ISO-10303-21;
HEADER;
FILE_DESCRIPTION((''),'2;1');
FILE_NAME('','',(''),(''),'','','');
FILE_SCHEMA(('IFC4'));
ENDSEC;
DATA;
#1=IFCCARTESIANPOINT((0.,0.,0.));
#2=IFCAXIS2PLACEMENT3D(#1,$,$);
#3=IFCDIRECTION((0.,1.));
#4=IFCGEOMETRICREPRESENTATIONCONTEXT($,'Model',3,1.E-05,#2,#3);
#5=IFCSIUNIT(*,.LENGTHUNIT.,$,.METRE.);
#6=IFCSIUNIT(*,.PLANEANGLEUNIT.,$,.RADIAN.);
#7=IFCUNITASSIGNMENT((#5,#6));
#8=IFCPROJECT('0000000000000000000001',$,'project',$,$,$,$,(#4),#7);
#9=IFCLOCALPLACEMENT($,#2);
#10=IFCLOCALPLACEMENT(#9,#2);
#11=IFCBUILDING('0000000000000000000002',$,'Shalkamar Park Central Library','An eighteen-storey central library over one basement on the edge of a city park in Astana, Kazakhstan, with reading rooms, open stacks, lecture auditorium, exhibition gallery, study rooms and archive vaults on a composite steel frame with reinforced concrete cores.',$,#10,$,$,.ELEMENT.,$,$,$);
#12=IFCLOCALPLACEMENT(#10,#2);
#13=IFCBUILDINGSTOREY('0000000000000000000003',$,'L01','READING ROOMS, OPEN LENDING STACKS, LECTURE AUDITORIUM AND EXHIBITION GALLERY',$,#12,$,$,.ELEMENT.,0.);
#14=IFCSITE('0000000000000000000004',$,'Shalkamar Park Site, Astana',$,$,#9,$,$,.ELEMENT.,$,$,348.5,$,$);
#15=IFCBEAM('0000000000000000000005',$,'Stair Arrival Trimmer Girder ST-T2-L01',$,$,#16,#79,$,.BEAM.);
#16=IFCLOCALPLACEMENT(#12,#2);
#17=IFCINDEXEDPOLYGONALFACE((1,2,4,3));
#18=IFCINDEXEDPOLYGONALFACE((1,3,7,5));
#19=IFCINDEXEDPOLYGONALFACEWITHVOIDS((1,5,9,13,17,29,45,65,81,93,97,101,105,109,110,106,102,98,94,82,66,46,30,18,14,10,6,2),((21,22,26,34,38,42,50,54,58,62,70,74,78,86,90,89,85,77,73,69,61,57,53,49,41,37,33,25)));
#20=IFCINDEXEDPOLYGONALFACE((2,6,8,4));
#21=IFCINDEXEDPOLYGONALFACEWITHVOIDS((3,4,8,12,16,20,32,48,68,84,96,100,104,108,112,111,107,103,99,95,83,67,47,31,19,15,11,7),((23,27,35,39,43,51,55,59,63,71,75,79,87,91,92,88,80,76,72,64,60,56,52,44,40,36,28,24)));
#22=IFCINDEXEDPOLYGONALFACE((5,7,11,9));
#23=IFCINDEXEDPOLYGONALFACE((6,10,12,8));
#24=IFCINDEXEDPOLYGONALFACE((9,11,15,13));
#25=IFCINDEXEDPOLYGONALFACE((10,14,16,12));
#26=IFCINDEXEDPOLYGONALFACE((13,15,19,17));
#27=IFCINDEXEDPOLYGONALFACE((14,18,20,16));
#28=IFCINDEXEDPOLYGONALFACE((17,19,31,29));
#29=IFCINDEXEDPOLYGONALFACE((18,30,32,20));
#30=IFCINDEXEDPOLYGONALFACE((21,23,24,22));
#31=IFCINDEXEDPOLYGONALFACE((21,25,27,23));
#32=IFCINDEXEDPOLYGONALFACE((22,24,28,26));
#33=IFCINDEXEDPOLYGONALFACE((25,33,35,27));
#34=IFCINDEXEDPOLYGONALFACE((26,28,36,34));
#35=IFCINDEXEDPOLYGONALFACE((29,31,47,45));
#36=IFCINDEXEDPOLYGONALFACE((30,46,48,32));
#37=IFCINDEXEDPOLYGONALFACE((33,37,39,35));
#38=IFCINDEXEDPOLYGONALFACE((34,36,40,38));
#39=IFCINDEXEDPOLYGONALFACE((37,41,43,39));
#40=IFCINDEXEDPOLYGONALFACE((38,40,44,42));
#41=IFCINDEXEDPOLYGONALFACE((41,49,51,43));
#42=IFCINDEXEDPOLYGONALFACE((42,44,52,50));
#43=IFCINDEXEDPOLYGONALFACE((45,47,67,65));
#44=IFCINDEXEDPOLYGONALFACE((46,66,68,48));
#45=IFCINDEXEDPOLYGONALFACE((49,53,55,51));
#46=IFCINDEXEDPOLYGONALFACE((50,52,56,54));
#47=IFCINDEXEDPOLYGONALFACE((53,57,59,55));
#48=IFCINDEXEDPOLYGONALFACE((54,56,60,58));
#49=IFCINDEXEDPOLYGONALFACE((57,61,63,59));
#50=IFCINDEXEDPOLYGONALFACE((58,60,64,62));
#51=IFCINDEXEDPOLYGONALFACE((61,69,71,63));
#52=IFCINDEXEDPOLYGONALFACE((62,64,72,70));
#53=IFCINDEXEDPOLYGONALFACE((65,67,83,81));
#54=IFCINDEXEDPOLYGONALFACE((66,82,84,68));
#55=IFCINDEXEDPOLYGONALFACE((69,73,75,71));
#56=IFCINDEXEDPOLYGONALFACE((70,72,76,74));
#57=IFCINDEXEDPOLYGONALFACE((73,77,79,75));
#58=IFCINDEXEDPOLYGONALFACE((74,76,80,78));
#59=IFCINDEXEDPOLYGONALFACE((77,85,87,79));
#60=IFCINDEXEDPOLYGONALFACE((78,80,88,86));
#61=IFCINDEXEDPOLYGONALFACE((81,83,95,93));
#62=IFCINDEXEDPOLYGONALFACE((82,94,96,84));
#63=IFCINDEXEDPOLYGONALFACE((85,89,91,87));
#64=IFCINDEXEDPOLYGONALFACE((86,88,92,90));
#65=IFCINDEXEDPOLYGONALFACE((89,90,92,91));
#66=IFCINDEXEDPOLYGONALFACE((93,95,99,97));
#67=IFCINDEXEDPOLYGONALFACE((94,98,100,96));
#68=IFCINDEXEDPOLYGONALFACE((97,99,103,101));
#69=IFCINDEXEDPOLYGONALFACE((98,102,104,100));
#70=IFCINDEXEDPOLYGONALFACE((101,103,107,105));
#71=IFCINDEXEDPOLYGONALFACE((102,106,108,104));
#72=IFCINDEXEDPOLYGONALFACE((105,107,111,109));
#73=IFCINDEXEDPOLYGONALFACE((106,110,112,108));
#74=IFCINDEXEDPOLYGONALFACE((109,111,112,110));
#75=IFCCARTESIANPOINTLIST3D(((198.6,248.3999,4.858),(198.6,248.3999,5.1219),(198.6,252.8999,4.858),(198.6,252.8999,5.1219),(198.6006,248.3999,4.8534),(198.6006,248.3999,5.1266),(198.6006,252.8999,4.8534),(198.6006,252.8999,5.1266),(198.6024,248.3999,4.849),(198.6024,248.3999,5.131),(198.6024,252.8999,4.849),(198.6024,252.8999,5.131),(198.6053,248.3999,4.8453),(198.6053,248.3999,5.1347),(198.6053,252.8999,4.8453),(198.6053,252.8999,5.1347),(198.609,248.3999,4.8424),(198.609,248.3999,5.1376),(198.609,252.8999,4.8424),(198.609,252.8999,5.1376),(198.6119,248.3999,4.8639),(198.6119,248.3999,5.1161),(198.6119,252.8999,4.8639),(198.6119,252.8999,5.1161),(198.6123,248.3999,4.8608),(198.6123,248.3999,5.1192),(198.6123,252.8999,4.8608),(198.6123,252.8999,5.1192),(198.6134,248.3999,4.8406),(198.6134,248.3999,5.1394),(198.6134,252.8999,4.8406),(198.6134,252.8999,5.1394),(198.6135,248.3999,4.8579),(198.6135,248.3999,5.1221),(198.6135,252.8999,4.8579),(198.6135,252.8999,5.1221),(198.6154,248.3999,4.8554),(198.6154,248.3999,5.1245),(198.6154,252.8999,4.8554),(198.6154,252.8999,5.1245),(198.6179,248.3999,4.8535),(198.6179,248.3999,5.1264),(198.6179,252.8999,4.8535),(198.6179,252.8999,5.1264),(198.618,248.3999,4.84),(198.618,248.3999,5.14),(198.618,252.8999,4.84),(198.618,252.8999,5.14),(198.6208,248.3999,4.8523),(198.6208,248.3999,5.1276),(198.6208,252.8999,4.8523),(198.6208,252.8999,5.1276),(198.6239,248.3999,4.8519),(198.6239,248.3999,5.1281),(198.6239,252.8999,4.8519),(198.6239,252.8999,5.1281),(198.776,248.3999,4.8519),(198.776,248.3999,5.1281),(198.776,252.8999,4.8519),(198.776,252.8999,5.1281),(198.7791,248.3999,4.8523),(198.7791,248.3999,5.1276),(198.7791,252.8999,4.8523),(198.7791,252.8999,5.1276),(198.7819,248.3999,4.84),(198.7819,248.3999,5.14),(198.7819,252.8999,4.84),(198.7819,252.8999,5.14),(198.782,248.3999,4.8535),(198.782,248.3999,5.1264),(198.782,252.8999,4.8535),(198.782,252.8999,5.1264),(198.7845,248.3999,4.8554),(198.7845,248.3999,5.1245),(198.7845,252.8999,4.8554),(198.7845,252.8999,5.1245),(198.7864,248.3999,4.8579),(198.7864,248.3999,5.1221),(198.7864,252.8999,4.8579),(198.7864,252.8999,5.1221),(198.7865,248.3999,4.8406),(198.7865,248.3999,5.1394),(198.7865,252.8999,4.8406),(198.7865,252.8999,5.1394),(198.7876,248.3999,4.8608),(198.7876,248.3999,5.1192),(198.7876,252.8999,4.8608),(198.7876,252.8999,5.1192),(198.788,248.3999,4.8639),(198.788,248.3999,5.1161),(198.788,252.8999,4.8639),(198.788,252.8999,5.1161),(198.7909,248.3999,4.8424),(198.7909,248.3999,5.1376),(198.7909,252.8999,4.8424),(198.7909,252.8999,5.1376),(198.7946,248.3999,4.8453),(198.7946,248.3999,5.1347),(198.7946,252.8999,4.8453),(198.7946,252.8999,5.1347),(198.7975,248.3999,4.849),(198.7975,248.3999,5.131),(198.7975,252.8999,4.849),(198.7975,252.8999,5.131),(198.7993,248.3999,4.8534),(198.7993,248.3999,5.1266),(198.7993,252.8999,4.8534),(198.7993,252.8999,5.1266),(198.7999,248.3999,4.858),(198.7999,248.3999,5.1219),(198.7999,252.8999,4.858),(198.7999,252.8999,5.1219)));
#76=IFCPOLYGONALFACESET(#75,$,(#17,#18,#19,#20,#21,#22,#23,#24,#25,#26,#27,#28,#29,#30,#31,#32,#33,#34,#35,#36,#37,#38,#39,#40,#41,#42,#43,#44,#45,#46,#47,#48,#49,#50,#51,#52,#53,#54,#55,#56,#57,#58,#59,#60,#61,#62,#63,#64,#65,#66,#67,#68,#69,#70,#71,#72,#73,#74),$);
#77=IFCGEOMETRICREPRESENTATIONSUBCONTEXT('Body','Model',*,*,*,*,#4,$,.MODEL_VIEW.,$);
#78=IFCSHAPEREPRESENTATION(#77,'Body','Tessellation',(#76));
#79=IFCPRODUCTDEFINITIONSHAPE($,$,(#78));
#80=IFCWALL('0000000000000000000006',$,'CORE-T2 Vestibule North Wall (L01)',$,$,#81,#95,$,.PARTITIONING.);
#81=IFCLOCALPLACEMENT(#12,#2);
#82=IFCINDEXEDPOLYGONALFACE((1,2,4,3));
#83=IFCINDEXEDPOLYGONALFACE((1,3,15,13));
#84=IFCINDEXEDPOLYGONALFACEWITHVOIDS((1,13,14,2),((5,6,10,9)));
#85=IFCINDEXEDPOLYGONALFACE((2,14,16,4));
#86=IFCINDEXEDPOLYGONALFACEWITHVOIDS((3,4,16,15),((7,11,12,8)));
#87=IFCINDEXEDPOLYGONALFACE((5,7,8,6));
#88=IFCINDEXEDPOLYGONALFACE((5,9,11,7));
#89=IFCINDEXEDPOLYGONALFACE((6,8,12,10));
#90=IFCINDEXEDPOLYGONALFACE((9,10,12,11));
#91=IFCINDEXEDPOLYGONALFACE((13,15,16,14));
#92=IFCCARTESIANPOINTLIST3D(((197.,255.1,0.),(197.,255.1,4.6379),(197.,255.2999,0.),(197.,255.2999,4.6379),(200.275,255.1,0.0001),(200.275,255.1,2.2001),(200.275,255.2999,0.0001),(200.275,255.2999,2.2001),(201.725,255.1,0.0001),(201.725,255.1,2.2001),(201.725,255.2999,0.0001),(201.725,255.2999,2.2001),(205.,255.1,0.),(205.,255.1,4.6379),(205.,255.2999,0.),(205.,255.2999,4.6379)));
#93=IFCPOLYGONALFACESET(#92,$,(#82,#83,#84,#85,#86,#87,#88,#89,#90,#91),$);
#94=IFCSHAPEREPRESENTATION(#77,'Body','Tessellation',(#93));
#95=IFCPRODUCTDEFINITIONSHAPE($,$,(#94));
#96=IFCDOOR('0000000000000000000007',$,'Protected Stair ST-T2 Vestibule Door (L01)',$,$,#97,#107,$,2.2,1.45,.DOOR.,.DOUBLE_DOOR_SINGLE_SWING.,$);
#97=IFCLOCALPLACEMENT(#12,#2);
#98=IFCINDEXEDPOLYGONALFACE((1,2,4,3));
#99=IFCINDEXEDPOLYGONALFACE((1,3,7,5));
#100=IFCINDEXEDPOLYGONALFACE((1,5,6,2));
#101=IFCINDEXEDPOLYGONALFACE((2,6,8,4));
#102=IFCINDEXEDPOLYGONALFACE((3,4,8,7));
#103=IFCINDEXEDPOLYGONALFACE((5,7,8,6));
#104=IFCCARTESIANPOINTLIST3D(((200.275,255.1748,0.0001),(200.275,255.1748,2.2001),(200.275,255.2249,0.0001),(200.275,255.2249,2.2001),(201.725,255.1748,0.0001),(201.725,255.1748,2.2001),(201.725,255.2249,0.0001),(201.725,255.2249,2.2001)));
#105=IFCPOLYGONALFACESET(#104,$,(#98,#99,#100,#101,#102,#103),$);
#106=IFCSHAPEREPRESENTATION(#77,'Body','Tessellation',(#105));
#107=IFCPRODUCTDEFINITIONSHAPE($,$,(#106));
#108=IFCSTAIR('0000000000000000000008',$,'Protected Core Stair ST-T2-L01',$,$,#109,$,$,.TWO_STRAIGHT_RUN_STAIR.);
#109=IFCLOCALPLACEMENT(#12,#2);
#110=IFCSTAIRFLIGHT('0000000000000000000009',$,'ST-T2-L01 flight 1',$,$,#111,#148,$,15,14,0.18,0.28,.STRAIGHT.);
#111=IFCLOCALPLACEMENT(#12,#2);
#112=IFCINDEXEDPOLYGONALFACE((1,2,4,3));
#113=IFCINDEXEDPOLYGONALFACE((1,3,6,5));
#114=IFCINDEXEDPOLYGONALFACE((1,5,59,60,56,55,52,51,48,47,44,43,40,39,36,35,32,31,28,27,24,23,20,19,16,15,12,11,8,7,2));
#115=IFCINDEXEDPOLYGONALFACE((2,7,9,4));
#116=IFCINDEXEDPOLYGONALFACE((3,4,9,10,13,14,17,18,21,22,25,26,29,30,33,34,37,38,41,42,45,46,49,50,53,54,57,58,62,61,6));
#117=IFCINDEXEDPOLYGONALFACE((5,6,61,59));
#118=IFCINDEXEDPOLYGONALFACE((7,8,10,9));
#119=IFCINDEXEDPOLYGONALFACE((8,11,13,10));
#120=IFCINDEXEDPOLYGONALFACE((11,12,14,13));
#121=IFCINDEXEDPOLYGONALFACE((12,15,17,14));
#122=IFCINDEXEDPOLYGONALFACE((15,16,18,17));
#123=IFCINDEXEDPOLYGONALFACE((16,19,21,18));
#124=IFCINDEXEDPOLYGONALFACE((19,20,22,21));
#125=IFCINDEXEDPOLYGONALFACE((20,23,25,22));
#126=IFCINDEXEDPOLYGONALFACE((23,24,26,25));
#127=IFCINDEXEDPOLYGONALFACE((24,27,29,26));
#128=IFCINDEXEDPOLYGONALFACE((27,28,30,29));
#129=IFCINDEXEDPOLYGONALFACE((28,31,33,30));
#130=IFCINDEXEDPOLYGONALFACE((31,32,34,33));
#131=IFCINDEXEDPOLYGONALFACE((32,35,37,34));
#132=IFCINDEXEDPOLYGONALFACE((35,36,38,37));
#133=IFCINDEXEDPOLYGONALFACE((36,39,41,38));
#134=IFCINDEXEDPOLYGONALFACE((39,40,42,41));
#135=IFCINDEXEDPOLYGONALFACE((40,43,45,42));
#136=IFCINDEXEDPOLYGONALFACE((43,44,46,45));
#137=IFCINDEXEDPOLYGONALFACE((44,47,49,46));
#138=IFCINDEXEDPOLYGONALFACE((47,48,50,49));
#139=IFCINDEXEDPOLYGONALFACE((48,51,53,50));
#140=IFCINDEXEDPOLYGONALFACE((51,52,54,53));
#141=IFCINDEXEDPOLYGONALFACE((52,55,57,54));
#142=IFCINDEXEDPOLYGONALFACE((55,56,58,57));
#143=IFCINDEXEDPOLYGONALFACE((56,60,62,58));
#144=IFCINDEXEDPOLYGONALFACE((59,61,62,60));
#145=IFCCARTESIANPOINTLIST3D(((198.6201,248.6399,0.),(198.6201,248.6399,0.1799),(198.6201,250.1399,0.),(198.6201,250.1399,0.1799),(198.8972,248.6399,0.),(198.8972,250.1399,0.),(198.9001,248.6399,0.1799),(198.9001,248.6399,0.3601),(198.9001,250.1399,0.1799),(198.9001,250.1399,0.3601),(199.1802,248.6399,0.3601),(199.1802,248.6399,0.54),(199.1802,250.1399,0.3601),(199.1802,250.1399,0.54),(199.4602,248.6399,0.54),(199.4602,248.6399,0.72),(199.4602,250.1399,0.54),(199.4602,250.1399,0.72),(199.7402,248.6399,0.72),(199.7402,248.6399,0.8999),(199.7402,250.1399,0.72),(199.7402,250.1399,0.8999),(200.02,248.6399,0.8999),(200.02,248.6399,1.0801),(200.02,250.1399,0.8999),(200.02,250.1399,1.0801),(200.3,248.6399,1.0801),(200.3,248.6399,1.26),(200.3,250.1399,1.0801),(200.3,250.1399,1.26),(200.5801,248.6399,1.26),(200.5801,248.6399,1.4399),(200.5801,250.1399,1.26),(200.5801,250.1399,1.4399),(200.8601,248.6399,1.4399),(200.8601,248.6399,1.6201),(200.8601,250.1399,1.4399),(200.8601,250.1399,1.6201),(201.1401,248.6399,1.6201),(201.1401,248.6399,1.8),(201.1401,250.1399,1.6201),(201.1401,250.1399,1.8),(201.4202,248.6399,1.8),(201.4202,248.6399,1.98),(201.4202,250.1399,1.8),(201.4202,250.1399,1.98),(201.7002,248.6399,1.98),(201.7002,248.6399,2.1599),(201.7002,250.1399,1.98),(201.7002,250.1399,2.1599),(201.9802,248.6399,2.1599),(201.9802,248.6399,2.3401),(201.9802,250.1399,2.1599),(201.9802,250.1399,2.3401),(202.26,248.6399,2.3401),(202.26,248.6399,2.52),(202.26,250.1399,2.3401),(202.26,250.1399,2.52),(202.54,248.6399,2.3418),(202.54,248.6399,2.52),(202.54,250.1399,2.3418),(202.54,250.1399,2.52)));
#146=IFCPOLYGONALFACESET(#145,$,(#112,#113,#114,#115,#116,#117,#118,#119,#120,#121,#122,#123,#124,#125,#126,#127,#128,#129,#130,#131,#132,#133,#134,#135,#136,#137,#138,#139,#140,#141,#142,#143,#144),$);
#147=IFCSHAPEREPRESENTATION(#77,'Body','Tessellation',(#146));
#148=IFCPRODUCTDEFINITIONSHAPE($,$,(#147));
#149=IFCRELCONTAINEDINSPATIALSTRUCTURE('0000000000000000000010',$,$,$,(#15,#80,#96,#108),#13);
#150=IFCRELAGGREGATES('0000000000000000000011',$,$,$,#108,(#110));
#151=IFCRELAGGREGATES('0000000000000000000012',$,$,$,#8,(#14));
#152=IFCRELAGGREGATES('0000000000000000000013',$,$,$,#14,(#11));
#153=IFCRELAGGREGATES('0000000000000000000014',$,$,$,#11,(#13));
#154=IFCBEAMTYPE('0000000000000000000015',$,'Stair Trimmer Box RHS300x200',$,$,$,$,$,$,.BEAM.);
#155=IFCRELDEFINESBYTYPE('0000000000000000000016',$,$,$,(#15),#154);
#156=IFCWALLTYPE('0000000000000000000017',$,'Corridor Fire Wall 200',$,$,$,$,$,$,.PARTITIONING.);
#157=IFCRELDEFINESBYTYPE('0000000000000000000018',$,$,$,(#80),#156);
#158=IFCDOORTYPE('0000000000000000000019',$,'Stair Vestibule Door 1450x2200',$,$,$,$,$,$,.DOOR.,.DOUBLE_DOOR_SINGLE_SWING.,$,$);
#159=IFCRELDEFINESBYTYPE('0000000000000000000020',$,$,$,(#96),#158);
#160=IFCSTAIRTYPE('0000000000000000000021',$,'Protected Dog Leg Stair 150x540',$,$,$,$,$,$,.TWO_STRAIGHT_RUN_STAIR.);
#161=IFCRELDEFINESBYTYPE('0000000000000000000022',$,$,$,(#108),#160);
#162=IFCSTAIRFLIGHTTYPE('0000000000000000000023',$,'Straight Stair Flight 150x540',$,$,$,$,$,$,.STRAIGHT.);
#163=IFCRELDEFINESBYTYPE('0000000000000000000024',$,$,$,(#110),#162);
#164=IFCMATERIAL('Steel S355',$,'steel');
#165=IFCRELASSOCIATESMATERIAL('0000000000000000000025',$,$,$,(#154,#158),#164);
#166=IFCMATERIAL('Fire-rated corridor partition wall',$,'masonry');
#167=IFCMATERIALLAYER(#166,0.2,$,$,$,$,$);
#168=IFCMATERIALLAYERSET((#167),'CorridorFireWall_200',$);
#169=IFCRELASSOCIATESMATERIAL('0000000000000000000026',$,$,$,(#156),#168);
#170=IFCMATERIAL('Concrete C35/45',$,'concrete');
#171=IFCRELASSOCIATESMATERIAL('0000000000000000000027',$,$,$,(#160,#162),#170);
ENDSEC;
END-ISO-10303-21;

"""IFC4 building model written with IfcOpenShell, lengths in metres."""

from ifc_helpers import new_model, si_unit, direction, frame, frame_2d, origin, origin_2d, place, context, subcontext, project, spatial, polyline, rectangle, hollow_rectangle, outline, extrude, material, layer, layer_set, material_profile, profile_set, type_object, element, fill, aggregate, save


model = new_model("IFC4")

# Units and contexts
model_context = context("Model", 3, precision=1e-05, world=origin(), true_north=direction((0.0, 1.0)))
body_context = subcontext(model_context, "Body", "Model", "MODEL_VIEW")
ifc_project = project(units=[si_unit("LENGTHUNIT", "METRE"), si_unit("PLANEANGLEUNIT", "RADIAN")], contexts=[model_context])

# Site, building, storey
site_placement = place(None, origin())
site = spatial("IfcSite", under=ifc_project, at=site_placement, Name="Shalkamar Park Site, Astana", CompositionType="ELEMENT", RefElevation=348.5)
building_placement = place(site_placement, origin())
building = spatial("IfcBuilding", under=site, at=building_placement, Name="Shalkamar Park Central Library", Description="An eighteen-storey central library over one basement on the edge of a city park in Astana, Kazakhstan, with reading rooms, open stacks, lecture auditorium, exhibition gallery, study rooms and archive vaults on a composite steel frame with reinforced concrete cores.", CompositionType="ELEMENT")
storey_placement = place(building_placement, origin())
storey = spatial("IfcBuildingStorey", under=building, at=storey_placement, Name="L01", Description="READING ROOMS, OPEN LENDING STACKS, LECTURE AUDITORIUM AND EXHIBITION GALLERY", CompositionType="ELEMENT", Elevation=0.0)

# Shared definitions
ifc_material_1 = material(Name="Steel S355", Category="steel")

# Beam
ifc_material_profile_1 = material_profile(ifc_material_1, hollow_rectangle(XDim=0.2, YDim=0.3, WallThickness=0.012, InnerFilletRadius=0.012, OuterFilletRadius=0.0181, at=origin_2d()), Name="RHS 300x200x12")
ifc_profile_set_1 = profile_set([ifc_material_profile_1], Name="Steel S355")
beam_type_1 = type_object("IfcBeamType", Name="Stair Trimmer Box RHS300x200", PredefinedType="BEAM", material=ifc_profile_set_1)
beam_1_placement = place(storey_placement, frame((198.7, 248.3999, 4.99), z_axis=(0.0, 1.0, 0.0), x_axis=(-1.0, 0.0, 0.0)))
element("IfcBeam", 1, at=beam_1_placement, inside=storey, type_object=beam_type_1, Name="Stair Arrival Trimmer Girder ST-T2-L01", PredefinedType="BEAM", context=body_context, shape_type="SweptSolid", body=[
    extrude(hollow_rectangle(XDim=0.2, YDim=0.3, WallThickness=0.012, InnerFilletRadius=0.012, OuterFilletRadius=0.0181, at=origin_2d()), origin(), (0.0, 0.0, 1.0), 4.5),
])

# Wall, opening, door
ifc_material_2 = material(Name="Fire-rated corridor partition wall", Category="masonry")
ifc_layer_1 = layer(ifc_material_2, 0.2)
ifc_layer_set_1 = layer_set([ifc_layer_1], Name="CorridorFireWall_200")
wall_type_1 = type_object("IfcWallType", Name="Corridor Fire Wall 200", PredefinedType="PARTITIONING", material=ifc_layer_set_1)
wall_1_placement = place(storey_placement, frame((197.0, 255.2, 0.0), z_axis=(0.0, 0.0, 1.0), x_axis=(1.0, 0.0, 0.0)))
wall_1 = element("IfcWall", 2, at=wall_1_placement, inside=storey, type_object=wall_type_1, Name="CORE-T2 Vestibule North Wall (L01)", PredefinedType="PARTITIONING", context=body_context, shape_type="SweptSolid", body=[
    extrude(rectangle(XDim=8.0, YDim=0.2, at=frame_2d((4.0, 0.0))), origin(), (0.0, 0.0, 1.0), 4.6379),
])
opening_1_placement = place(wall_1_placement, frame((3.2749, 0.0, 0.0)))
opening_1 = element("IfcOpeningElement", 3, at=opening_1_placement, cuts=wall_1, PredefinedType="OPENING", context=body_context, shape_type="SweptSolid", body=[
    extrude(rectangle(XDim=1.45, YDim=2.2, at=frame_2d((0.7251, 1.1001))), frame((0.0, 0.1147, 0.0), z_axis=(0.0, -1.0, 0.0), x_axis=(1.0, 0.0, 0.0)), (0.0, 0.0, 1.0), 0.2297),
])
door_type_1 = type_object("IfcDoorType", Name="Stair Vestibule Door 1450x2200", OperationType="DOUBLE_DOOR_SINGLE_SWING", PredefinedType="DOOR", material=ifc_material_1)
door_1_placement = place(opening_1_placement, origin())
door_1 = element("IfcDoor", 4, at=door_1_placement, inside=storey, type_object=door_type_1, Name="Protected Stair ST-T2 Vestibule Door (L01)", OperationType="DOUBLE_DOOR_SINGLE_SWING", OverallHeight=2.2, OverallWidth=1.45, PredefinedType="DOOR", context=body_context, shape_type="SweptSolid", body=[
    extrude(rectangle(XDim=1.45, YDim=2.2, at=frame_2d((0.7251, 1.1001))), frame((0.0, 0.0249, 0.0), z_axis=(0.0, -1.0, 0.0), x_axis=(1.0, 0.0, 0.0)), (0.0, 0.0, 1.0), 0.05),
])
fill(opening_1, door_1)

# Stair, stair flight
ifc_material_3 = material(Name="Concrete C35/45", Category="concrete")
stair_type = type_object("IfcStairType", Name="Protected Dog Leg Stair 150x540", PredefinedType="TWO_STRAIGHT_RUN_STAIR", material=ifc_material_3)
stair_placement = place(storey_placement, origin())
stair = element("IfcStair", 5, at=stair_placement, inside=storey, type_object=stair_type, Name="Protected Core Stair ST-T2-L01", PredefinedType="TWO_STRAIGHT_RUN_STAIR")
stair_flight_type = type_object("IfcStairFlightType", Name="Straight Stair Flight 150x540", PredefinedType="STRAIGHT", material=ifc_material_3)
stair_flight_1_placement = place(storey_placement, frame((198.6201, 249.3899, 0.0), z_axis=(0.0, 0.0, 1.0), x_axis=(1.0, 0.0, 0.0)))
stair_flight_1 = element("IfcStairFlight", 6, at=stair_flight_1_placement, type_object=stair_flight_type, Name="ST-T2-L01 flight 1", NumberOfRisers=15, NumberOfTreads=14, PredefinedType="STRAIGHT", RiserHeight=0.18, TreadLength=0.28, context=body_context, shape_type="SweptSolid", body=[
    extrude(outline(polyline([(0.0, 0.0), (0.0, 0.1799), (0.28, 0.1799), (0.28, 0.3601), (0.5601, 0.3601), (0.5601, 0.54), (0.8401, 0.54), (0.8401, 0.72), (1.1201, 0.72), (1.1201, 0.8999), (1.3999, 0.8999), (1.3999, 1.0801), (1.6799, 1.0801), (1.6799, 1.26), (1.96, 1.26), (1.96, 1.4399), (2.24, 1.4399), (2.24, 1.6201), (2.52, 1.6201), (2.52, 1.8), (2.8, 1.8), (2.8, 1.98), (3.0801, 1.98), (3.0801, 2.1599), (3.3601, 2.1599), (3.3601, 2.3401), (3.6399, 2.3401), (3.6399, 2.52), (3.9199, 2.52), (3.9199, 2.7), (3.9199, 2.3418), (0.2771, 0.0), (0.0, 0.0)])), frame((0.0, 0.75, 0.0), z_axis=(0.0, -1.0, 0.0), x_axis=(1.0, 0.0, 0.0)), (0.0, 0.0, 1.0), 1.5),
])
aggregate(stair, [stair_flight_1])

save(model, "model.ifc")
